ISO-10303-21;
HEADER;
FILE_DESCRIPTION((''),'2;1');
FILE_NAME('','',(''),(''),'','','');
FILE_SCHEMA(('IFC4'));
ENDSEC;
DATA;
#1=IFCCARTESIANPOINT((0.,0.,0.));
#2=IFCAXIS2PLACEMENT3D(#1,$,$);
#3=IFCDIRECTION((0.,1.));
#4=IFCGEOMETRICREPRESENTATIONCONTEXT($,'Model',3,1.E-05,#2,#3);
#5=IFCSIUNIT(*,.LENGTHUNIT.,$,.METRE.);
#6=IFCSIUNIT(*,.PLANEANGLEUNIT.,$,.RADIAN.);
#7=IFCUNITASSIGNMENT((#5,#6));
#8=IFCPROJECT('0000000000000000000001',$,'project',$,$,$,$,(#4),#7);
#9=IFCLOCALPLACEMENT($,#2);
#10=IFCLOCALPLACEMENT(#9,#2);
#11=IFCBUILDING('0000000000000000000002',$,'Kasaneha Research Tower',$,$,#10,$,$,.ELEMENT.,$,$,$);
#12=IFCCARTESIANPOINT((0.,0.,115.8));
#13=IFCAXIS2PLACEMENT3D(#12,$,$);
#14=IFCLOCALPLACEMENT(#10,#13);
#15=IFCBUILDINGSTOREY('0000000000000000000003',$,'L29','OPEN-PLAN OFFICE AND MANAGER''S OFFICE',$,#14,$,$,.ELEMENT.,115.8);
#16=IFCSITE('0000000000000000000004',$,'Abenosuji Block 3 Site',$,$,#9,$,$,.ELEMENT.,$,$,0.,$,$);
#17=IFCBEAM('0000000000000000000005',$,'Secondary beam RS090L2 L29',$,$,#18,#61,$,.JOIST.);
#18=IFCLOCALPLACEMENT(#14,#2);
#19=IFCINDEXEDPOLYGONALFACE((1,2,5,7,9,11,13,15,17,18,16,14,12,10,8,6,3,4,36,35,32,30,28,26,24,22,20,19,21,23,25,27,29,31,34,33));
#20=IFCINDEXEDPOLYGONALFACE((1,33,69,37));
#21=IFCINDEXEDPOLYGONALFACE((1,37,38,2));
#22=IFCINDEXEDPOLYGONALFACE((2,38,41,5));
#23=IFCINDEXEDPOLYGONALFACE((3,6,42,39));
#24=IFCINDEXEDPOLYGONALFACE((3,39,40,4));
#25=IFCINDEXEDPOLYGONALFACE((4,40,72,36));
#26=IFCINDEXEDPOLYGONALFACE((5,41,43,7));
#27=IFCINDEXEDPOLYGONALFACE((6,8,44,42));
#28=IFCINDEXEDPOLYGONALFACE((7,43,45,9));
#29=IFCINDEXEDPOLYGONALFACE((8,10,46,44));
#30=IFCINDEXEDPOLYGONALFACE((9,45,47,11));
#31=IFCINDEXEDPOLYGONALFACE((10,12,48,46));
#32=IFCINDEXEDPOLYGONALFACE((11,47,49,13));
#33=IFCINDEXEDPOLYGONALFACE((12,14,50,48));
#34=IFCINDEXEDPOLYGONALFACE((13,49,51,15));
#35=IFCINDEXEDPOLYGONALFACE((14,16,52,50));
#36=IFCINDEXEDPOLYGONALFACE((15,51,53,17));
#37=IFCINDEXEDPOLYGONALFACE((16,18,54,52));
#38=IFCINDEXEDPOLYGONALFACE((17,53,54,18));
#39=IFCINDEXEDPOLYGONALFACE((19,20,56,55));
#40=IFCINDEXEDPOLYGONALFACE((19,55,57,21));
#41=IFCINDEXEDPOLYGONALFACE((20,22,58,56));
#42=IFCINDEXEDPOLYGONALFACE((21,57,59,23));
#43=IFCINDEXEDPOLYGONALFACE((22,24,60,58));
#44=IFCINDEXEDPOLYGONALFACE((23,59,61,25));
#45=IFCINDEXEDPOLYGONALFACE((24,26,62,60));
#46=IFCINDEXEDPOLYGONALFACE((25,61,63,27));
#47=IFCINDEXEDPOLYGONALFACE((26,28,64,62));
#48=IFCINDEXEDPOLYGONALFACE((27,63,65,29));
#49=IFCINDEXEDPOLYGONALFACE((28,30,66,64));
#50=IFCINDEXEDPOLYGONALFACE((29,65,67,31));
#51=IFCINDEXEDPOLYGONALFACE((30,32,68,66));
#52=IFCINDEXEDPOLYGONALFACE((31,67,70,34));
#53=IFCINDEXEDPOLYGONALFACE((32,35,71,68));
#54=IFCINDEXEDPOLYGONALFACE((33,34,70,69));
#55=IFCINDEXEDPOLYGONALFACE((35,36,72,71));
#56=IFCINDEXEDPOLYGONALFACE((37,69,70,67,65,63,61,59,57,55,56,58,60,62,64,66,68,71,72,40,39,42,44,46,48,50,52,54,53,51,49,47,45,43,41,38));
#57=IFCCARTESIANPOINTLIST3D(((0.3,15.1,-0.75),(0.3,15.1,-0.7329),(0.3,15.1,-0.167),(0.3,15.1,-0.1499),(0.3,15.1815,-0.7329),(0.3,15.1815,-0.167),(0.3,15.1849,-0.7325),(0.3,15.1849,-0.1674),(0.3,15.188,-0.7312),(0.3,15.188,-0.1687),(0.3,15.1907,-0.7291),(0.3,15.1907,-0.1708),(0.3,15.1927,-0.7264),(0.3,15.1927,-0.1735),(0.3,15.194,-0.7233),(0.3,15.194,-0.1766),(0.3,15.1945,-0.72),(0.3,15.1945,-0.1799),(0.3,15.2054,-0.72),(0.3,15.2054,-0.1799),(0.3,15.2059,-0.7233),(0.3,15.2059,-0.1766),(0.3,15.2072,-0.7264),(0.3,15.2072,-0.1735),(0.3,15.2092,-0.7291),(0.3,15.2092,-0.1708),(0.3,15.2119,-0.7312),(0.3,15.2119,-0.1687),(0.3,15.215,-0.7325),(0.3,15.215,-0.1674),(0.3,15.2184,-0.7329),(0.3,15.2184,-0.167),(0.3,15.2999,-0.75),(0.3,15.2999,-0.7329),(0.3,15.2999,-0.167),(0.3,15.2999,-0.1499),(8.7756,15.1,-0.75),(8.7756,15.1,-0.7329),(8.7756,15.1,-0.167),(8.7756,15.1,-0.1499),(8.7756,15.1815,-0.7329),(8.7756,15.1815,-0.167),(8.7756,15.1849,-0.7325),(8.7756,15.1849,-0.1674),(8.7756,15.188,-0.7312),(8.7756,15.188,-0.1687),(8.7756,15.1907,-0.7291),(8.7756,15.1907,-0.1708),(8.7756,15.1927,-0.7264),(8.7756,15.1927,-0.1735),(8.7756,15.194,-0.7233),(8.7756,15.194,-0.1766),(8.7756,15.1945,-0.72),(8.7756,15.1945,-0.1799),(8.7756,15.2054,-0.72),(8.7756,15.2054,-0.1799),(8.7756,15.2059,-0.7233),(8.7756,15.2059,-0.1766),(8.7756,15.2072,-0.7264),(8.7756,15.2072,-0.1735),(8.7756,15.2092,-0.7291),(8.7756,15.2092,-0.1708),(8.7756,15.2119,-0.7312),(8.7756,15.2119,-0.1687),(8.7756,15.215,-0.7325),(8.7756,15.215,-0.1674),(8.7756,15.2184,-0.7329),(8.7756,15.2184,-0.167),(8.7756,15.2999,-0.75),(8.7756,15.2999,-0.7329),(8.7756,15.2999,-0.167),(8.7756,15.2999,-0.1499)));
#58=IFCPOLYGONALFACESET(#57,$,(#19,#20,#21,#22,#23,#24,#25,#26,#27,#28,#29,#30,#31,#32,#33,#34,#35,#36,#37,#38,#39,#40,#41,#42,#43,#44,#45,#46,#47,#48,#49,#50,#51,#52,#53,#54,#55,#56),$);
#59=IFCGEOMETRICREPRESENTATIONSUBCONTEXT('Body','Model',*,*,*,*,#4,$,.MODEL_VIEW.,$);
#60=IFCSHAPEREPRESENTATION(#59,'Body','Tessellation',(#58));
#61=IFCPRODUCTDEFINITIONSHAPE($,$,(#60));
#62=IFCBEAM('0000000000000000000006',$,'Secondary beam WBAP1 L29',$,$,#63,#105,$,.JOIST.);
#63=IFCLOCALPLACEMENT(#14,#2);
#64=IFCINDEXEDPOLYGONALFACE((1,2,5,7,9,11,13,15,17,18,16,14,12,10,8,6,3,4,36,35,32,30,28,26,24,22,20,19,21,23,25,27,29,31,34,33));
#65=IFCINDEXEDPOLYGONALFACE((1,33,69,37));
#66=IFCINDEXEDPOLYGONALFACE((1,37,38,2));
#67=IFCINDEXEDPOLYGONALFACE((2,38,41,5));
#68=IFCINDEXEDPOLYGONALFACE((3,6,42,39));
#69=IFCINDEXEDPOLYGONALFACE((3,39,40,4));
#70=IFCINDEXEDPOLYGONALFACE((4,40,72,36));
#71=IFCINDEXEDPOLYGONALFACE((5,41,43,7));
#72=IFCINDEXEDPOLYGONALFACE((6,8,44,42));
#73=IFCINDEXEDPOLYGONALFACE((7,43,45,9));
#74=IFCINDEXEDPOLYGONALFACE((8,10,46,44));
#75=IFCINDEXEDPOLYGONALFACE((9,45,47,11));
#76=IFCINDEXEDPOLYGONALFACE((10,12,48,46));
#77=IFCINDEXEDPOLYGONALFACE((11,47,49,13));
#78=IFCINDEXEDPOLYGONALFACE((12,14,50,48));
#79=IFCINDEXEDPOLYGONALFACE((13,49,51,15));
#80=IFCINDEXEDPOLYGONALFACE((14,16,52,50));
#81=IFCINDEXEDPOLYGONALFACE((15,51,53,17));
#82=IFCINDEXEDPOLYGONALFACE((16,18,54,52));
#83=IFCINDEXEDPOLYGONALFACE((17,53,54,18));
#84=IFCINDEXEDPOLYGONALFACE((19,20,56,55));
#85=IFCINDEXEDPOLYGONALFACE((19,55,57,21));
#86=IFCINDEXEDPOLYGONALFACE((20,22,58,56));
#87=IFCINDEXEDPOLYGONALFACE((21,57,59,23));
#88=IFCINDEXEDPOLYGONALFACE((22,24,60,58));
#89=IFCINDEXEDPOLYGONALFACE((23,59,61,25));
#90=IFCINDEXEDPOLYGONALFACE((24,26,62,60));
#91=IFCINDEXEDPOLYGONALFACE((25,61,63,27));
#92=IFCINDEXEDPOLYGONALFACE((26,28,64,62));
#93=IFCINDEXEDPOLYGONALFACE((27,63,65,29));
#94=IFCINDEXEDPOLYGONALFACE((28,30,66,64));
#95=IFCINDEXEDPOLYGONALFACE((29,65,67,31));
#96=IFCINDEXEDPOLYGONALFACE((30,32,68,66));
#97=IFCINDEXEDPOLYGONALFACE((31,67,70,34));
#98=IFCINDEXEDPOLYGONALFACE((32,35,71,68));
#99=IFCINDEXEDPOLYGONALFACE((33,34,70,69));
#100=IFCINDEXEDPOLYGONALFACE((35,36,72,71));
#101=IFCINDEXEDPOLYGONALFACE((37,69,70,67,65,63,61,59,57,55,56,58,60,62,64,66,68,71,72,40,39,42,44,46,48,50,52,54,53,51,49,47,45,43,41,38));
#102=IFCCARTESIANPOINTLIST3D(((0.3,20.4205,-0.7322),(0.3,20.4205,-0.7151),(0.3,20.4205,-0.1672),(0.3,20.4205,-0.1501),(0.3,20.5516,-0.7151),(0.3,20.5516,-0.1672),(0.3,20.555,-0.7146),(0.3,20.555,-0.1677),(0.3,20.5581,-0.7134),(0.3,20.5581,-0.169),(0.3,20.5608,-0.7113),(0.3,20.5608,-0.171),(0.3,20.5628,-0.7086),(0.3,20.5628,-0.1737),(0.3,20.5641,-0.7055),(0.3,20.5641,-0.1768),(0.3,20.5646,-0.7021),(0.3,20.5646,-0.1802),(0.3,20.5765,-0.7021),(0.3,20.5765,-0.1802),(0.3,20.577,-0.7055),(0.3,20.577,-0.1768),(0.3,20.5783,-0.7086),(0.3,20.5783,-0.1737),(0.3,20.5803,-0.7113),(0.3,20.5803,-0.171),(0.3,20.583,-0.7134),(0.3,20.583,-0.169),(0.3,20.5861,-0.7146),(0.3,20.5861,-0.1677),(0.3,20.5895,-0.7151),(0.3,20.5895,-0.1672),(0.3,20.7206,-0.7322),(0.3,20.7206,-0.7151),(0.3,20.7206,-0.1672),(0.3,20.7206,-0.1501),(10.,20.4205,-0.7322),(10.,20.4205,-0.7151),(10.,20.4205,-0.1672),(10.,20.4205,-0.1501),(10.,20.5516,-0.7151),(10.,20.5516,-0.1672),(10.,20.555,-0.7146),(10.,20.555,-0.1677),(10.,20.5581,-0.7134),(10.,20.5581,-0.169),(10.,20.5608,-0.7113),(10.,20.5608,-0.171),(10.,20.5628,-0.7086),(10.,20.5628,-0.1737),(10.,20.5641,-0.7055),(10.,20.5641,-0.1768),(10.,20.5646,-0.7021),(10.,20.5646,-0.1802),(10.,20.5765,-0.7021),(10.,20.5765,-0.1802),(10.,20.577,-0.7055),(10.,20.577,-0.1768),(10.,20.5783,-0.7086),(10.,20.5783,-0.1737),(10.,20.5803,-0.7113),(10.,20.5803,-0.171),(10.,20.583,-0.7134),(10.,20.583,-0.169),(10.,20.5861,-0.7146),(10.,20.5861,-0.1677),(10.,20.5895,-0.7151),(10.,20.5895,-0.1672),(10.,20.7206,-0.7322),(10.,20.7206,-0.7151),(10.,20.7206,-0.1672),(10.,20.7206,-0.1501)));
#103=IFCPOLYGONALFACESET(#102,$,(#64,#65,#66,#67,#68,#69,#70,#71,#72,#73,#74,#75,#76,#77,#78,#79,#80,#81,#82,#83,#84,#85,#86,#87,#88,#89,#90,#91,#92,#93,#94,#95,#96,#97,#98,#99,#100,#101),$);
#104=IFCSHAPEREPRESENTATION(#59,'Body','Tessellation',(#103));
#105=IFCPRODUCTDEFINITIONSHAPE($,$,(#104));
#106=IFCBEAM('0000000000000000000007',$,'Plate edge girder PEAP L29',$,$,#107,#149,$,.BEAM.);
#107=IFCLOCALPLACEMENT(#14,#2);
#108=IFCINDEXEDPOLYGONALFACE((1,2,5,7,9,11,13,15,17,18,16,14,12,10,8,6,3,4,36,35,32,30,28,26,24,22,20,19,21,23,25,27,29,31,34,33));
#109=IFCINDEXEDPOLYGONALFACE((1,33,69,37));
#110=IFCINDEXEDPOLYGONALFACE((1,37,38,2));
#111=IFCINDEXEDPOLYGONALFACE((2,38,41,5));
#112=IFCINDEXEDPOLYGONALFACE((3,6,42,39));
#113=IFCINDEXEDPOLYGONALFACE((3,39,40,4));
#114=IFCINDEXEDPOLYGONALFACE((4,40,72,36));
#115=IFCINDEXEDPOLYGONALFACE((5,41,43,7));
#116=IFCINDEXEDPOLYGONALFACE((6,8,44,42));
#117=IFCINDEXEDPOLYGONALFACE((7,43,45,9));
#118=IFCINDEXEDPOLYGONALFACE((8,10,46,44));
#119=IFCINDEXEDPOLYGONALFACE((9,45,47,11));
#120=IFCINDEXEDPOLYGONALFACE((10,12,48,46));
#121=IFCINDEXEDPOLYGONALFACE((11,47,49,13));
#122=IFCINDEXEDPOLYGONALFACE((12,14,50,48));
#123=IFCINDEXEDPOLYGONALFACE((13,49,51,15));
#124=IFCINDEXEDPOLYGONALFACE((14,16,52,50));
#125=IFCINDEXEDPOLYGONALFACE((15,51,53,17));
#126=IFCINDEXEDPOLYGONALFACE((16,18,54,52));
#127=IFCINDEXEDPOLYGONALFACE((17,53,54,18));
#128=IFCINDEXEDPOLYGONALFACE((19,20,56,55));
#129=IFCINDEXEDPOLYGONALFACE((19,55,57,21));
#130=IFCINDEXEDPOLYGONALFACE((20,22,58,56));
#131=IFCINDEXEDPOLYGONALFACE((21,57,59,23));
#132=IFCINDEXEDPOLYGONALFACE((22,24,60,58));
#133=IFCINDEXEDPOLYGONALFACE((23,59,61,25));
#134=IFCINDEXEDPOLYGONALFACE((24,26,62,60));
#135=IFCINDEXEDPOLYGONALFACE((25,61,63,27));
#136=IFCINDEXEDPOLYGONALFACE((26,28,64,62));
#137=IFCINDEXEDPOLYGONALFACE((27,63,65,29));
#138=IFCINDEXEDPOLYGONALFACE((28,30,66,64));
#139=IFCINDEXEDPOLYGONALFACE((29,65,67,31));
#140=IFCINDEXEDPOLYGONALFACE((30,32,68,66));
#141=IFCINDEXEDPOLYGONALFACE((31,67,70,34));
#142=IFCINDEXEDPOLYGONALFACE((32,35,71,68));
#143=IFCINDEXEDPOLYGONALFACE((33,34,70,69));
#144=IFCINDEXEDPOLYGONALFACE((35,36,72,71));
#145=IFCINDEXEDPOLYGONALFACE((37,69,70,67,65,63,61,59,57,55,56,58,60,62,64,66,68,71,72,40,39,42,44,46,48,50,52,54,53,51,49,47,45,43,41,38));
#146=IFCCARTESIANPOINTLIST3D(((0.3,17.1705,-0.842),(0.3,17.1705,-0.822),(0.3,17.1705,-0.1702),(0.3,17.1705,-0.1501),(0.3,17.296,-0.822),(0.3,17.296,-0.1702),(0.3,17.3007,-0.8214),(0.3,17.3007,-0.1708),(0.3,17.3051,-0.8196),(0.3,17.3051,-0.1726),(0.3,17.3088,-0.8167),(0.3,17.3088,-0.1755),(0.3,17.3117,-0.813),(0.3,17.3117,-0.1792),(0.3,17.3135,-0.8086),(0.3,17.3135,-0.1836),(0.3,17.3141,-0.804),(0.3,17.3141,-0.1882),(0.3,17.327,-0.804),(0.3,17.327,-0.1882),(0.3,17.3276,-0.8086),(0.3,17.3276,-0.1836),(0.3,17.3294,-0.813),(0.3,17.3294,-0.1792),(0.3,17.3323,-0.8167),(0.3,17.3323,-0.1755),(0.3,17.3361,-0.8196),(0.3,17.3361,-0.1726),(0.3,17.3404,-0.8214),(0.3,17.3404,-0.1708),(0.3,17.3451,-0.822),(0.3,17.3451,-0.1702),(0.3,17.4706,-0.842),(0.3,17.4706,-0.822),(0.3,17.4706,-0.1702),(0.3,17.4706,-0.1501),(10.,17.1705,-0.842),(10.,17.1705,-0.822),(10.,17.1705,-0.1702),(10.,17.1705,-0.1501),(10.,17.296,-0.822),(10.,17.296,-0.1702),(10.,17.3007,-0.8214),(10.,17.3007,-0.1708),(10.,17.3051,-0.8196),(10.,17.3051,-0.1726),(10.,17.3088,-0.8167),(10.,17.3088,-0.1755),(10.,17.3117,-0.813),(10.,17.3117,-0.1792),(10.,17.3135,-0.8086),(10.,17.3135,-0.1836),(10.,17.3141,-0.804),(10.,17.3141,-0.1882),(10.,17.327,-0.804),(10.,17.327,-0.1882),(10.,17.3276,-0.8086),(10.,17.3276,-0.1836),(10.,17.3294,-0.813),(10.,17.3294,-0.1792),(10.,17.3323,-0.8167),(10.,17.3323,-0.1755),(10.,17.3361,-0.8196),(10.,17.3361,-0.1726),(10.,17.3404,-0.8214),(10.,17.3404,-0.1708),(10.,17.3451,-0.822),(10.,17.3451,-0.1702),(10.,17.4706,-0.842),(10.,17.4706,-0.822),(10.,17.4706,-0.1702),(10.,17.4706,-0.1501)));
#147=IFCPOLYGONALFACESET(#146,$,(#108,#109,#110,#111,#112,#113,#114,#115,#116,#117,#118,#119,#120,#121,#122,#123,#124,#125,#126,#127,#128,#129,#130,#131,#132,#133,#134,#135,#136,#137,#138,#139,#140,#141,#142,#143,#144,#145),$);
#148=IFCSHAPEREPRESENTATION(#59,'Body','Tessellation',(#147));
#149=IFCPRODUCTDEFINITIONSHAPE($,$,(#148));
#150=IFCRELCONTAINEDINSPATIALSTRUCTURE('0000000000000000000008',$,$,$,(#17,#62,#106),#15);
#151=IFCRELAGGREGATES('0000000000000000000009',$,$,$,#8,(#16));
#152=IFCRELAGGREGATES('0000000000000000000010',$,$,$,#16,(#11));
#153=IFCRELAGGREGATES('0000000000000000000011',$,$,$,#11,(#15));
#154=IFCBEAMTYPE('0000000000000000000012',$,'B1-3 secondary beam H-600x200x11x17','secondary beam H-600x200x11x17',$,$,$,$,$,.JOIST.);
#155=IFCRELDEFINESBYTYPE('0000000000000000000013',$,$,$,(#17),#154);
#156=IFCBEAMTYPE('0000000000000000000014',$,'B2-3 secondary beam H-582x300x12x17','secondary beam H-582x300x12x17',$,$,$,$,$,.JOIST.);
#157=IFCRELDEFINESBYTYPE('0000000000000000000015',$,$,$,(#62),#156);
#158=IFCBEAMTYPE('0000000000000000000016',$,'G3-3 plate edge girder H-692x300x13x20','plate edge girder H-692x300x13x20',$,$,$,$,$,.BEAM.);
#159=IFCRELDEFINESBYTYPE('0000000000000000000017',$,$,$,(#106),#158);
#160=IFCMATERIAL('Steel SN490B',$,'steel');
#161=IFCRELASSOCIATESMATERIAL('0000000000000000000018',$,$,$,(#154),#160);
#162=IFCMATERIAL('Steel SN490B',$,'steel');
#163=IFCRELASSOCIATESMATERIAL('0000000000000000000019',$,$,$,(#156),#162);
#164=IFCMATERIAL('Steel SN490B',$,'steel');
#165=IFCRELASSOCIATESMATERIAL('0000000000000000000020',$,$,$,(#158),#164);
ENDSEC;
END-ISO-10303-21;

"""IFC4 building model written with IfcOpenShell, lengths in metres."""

from ifc_helpers import new_model, si_unit, direction, frame, origin, origin_2d, place, context, subcontext, project, spatial, i_section, extrude, material, material_profile, profile_set, type_object, element, save


model = new_model("IFC4")

# Units and contexts
model_context = context("Model", 3, precision=1e-05, world=origin(), true_north=direction((0.0, 1.0)))
body_context = subcontext(model_context, "Body", "Model", "MODEL_VIEW")
ifc_project = project(units=[si_unit("LENGTHUNIT", "METRE"), si_unit("PLANEANGLEUNIT", "RADIAN")], contexts=[model_context])

# Site, building, storey
site_placement = place(None, origin())
site = spatial("IfcSite", under=ifc_project, at=site_placement, Name="Abenosuji Block 3 Site", CompositionType="ELEMENT", RefElevation=0.0)
building_placement = place(site_placement, origin())
building = spatial("IfcBuilding", under=site, at=building_placement, Name="Kasaneha Research Tower", CompositionType="ELEMENT")
storey_placement = place(building_placement, frame((0.0, 0.0, 115.8)))
storey = spatial("IfcBuildingStorey", under=building, at=storey_placement, Name="L29", Description="OPEN-PLAN OFFICE AND MANAGER'S OFFICE", CompositionType="ELEMENT", Elevation=115.8)

# Beams
ifc_material_1 = material(Name="Steel SN490B", Category="steel")
ifc_material_profile_1 = material_profile(ifc_material_1, i_section(OverallWidth=0.2, OverallDepth=0.6001, WebThickness=0.011, FlangeThickness=0.0171, FilletRadius=0.0129, at=origin_2d()), Name="H-600x200x11x17")
ifc_profile_set_1 = profile_set([ifc_material_profile_1], Name="Steel SN490B")
beam_type_1 = type_object("IfcBeamType", Name="B1-3 secondary beam H-600x200x11x17", Description="secondary beam H-600x200x11x17", PredefinedType="JOIST", material=ifc_profile_set_1)
beam_1_placement = place(storey_placement, frame((8.7756, 15.2, -0.45), z_axis=(-1.0, 0.0, 0.0), x_axis=(0.0, -1.0, 0.0)))
element("IfcBeam", 1, at=beam_1_placement, inside=storey, type_object=beam_type_1, Name="Secondary beam RS090L2 L29", PredefinedType="JOIST", context=body_context, shape_type="SweptSolid", body=[
    extrude(i_section(OverallWidth=0.2, OverallDepth=0.6001, WebThickness=0.011, FlangeThickness=0.0171, FilletRadius=0.0129, at=origin_2d()), origin(), (0.0, 0.0, 1.0), 8.4756),
])
ifc_material_2 = material(Name="Steel SN490B", Category="steel")
ifc_material_profile_2 = material_profile(ifc_material_2, i_section(OverallWidth=0.3, OverallDepth=0.582, WebThickness=0.012, FlangeThickness=0.0171, FilletRadius=0.0129, at=origin_2d()), Name="H-582x300x12x17")
ifc_profile_set_2 = profile_set([ifc_material_profile_2], Name="Steel SN490B")
beam_type_2 = type_object("IfcBeamType", Name="B2-3 secondary beam H-582x300x12x17", Description="secondary beam H-582x300x12x17", PredefinedType="JOIST", material=ifc_profile_set_2)
beam_2_placement = place(storey_placement, frame((10.0, 20.5706, -0.4412), z_axis=(-1.0, 0.0, 0.0), x_axis=(0.0, -1.0, 0.0)))
element("IfcBeam", 2, at=beam_2_placement, inside=storey, type_object=beam_type_2, Name="Secondary beam WBAP1 L29", PredefinedType="JOIST", context=body_context, shape_type="SweptSolid", body=[
    extrude(i_section(OverallWidth=0.3, OverallDepth=0.582, WebThickness=0.012, FlangeThickness=0.0171, FilletRadius=0.0129, at=origin_2d()), origin(), (0.0, 0.0, 1.0), 9.7),
])
ifc_material_3 = material(Name="Steel SN490B", Category="steel")
ifc_material_profile_3 = material_profile(ifc_material_3, i_section(OverallWidth=0.3, OverallDepth=0.6919, WebThickness=0.0129, FlangeThickness=0.02, FilletRadius=0.0181, at=origin_2d()), Name="H-692x300x13x20")
ifc_profile_set_3 = profile_set([ifc_material_profile_3], Name="Steel SN490B")
beam_type_3 = type_object("IfcBeamType", Name="G3-3 plate edge girder H-692x300x13x20", Description="plate edge girder H-692x300x13x20", PredefinedType="BEAM", material=ifc_profile_set_3)
beam_3_placement = place(storey_placement, frame((10.0, 17.3206, -0.4961), z_axis=(-1.0, 0.0, 0.0), x_axis=(0.0, -1.0, 0.0)))
element("IfcBeam", 3, at=beam_3_placement, inside=storey, type_object=beam_type_3, Name="Plate edge girder PEAP L29", PredefinedType="BEAM", context=body_context, shape_type="SweptSolid", body=[
    extrude(i_section(OverallWidth=0.3, OverallDepth=0.6919, WebThickness=0.0129, FlangeThickness=0.02, FilletRadius=0.0181, at=origin_2d()), origin(), (0.0, 0.0, 1.0), 9.7),
])

save(model, "model.ifc")
